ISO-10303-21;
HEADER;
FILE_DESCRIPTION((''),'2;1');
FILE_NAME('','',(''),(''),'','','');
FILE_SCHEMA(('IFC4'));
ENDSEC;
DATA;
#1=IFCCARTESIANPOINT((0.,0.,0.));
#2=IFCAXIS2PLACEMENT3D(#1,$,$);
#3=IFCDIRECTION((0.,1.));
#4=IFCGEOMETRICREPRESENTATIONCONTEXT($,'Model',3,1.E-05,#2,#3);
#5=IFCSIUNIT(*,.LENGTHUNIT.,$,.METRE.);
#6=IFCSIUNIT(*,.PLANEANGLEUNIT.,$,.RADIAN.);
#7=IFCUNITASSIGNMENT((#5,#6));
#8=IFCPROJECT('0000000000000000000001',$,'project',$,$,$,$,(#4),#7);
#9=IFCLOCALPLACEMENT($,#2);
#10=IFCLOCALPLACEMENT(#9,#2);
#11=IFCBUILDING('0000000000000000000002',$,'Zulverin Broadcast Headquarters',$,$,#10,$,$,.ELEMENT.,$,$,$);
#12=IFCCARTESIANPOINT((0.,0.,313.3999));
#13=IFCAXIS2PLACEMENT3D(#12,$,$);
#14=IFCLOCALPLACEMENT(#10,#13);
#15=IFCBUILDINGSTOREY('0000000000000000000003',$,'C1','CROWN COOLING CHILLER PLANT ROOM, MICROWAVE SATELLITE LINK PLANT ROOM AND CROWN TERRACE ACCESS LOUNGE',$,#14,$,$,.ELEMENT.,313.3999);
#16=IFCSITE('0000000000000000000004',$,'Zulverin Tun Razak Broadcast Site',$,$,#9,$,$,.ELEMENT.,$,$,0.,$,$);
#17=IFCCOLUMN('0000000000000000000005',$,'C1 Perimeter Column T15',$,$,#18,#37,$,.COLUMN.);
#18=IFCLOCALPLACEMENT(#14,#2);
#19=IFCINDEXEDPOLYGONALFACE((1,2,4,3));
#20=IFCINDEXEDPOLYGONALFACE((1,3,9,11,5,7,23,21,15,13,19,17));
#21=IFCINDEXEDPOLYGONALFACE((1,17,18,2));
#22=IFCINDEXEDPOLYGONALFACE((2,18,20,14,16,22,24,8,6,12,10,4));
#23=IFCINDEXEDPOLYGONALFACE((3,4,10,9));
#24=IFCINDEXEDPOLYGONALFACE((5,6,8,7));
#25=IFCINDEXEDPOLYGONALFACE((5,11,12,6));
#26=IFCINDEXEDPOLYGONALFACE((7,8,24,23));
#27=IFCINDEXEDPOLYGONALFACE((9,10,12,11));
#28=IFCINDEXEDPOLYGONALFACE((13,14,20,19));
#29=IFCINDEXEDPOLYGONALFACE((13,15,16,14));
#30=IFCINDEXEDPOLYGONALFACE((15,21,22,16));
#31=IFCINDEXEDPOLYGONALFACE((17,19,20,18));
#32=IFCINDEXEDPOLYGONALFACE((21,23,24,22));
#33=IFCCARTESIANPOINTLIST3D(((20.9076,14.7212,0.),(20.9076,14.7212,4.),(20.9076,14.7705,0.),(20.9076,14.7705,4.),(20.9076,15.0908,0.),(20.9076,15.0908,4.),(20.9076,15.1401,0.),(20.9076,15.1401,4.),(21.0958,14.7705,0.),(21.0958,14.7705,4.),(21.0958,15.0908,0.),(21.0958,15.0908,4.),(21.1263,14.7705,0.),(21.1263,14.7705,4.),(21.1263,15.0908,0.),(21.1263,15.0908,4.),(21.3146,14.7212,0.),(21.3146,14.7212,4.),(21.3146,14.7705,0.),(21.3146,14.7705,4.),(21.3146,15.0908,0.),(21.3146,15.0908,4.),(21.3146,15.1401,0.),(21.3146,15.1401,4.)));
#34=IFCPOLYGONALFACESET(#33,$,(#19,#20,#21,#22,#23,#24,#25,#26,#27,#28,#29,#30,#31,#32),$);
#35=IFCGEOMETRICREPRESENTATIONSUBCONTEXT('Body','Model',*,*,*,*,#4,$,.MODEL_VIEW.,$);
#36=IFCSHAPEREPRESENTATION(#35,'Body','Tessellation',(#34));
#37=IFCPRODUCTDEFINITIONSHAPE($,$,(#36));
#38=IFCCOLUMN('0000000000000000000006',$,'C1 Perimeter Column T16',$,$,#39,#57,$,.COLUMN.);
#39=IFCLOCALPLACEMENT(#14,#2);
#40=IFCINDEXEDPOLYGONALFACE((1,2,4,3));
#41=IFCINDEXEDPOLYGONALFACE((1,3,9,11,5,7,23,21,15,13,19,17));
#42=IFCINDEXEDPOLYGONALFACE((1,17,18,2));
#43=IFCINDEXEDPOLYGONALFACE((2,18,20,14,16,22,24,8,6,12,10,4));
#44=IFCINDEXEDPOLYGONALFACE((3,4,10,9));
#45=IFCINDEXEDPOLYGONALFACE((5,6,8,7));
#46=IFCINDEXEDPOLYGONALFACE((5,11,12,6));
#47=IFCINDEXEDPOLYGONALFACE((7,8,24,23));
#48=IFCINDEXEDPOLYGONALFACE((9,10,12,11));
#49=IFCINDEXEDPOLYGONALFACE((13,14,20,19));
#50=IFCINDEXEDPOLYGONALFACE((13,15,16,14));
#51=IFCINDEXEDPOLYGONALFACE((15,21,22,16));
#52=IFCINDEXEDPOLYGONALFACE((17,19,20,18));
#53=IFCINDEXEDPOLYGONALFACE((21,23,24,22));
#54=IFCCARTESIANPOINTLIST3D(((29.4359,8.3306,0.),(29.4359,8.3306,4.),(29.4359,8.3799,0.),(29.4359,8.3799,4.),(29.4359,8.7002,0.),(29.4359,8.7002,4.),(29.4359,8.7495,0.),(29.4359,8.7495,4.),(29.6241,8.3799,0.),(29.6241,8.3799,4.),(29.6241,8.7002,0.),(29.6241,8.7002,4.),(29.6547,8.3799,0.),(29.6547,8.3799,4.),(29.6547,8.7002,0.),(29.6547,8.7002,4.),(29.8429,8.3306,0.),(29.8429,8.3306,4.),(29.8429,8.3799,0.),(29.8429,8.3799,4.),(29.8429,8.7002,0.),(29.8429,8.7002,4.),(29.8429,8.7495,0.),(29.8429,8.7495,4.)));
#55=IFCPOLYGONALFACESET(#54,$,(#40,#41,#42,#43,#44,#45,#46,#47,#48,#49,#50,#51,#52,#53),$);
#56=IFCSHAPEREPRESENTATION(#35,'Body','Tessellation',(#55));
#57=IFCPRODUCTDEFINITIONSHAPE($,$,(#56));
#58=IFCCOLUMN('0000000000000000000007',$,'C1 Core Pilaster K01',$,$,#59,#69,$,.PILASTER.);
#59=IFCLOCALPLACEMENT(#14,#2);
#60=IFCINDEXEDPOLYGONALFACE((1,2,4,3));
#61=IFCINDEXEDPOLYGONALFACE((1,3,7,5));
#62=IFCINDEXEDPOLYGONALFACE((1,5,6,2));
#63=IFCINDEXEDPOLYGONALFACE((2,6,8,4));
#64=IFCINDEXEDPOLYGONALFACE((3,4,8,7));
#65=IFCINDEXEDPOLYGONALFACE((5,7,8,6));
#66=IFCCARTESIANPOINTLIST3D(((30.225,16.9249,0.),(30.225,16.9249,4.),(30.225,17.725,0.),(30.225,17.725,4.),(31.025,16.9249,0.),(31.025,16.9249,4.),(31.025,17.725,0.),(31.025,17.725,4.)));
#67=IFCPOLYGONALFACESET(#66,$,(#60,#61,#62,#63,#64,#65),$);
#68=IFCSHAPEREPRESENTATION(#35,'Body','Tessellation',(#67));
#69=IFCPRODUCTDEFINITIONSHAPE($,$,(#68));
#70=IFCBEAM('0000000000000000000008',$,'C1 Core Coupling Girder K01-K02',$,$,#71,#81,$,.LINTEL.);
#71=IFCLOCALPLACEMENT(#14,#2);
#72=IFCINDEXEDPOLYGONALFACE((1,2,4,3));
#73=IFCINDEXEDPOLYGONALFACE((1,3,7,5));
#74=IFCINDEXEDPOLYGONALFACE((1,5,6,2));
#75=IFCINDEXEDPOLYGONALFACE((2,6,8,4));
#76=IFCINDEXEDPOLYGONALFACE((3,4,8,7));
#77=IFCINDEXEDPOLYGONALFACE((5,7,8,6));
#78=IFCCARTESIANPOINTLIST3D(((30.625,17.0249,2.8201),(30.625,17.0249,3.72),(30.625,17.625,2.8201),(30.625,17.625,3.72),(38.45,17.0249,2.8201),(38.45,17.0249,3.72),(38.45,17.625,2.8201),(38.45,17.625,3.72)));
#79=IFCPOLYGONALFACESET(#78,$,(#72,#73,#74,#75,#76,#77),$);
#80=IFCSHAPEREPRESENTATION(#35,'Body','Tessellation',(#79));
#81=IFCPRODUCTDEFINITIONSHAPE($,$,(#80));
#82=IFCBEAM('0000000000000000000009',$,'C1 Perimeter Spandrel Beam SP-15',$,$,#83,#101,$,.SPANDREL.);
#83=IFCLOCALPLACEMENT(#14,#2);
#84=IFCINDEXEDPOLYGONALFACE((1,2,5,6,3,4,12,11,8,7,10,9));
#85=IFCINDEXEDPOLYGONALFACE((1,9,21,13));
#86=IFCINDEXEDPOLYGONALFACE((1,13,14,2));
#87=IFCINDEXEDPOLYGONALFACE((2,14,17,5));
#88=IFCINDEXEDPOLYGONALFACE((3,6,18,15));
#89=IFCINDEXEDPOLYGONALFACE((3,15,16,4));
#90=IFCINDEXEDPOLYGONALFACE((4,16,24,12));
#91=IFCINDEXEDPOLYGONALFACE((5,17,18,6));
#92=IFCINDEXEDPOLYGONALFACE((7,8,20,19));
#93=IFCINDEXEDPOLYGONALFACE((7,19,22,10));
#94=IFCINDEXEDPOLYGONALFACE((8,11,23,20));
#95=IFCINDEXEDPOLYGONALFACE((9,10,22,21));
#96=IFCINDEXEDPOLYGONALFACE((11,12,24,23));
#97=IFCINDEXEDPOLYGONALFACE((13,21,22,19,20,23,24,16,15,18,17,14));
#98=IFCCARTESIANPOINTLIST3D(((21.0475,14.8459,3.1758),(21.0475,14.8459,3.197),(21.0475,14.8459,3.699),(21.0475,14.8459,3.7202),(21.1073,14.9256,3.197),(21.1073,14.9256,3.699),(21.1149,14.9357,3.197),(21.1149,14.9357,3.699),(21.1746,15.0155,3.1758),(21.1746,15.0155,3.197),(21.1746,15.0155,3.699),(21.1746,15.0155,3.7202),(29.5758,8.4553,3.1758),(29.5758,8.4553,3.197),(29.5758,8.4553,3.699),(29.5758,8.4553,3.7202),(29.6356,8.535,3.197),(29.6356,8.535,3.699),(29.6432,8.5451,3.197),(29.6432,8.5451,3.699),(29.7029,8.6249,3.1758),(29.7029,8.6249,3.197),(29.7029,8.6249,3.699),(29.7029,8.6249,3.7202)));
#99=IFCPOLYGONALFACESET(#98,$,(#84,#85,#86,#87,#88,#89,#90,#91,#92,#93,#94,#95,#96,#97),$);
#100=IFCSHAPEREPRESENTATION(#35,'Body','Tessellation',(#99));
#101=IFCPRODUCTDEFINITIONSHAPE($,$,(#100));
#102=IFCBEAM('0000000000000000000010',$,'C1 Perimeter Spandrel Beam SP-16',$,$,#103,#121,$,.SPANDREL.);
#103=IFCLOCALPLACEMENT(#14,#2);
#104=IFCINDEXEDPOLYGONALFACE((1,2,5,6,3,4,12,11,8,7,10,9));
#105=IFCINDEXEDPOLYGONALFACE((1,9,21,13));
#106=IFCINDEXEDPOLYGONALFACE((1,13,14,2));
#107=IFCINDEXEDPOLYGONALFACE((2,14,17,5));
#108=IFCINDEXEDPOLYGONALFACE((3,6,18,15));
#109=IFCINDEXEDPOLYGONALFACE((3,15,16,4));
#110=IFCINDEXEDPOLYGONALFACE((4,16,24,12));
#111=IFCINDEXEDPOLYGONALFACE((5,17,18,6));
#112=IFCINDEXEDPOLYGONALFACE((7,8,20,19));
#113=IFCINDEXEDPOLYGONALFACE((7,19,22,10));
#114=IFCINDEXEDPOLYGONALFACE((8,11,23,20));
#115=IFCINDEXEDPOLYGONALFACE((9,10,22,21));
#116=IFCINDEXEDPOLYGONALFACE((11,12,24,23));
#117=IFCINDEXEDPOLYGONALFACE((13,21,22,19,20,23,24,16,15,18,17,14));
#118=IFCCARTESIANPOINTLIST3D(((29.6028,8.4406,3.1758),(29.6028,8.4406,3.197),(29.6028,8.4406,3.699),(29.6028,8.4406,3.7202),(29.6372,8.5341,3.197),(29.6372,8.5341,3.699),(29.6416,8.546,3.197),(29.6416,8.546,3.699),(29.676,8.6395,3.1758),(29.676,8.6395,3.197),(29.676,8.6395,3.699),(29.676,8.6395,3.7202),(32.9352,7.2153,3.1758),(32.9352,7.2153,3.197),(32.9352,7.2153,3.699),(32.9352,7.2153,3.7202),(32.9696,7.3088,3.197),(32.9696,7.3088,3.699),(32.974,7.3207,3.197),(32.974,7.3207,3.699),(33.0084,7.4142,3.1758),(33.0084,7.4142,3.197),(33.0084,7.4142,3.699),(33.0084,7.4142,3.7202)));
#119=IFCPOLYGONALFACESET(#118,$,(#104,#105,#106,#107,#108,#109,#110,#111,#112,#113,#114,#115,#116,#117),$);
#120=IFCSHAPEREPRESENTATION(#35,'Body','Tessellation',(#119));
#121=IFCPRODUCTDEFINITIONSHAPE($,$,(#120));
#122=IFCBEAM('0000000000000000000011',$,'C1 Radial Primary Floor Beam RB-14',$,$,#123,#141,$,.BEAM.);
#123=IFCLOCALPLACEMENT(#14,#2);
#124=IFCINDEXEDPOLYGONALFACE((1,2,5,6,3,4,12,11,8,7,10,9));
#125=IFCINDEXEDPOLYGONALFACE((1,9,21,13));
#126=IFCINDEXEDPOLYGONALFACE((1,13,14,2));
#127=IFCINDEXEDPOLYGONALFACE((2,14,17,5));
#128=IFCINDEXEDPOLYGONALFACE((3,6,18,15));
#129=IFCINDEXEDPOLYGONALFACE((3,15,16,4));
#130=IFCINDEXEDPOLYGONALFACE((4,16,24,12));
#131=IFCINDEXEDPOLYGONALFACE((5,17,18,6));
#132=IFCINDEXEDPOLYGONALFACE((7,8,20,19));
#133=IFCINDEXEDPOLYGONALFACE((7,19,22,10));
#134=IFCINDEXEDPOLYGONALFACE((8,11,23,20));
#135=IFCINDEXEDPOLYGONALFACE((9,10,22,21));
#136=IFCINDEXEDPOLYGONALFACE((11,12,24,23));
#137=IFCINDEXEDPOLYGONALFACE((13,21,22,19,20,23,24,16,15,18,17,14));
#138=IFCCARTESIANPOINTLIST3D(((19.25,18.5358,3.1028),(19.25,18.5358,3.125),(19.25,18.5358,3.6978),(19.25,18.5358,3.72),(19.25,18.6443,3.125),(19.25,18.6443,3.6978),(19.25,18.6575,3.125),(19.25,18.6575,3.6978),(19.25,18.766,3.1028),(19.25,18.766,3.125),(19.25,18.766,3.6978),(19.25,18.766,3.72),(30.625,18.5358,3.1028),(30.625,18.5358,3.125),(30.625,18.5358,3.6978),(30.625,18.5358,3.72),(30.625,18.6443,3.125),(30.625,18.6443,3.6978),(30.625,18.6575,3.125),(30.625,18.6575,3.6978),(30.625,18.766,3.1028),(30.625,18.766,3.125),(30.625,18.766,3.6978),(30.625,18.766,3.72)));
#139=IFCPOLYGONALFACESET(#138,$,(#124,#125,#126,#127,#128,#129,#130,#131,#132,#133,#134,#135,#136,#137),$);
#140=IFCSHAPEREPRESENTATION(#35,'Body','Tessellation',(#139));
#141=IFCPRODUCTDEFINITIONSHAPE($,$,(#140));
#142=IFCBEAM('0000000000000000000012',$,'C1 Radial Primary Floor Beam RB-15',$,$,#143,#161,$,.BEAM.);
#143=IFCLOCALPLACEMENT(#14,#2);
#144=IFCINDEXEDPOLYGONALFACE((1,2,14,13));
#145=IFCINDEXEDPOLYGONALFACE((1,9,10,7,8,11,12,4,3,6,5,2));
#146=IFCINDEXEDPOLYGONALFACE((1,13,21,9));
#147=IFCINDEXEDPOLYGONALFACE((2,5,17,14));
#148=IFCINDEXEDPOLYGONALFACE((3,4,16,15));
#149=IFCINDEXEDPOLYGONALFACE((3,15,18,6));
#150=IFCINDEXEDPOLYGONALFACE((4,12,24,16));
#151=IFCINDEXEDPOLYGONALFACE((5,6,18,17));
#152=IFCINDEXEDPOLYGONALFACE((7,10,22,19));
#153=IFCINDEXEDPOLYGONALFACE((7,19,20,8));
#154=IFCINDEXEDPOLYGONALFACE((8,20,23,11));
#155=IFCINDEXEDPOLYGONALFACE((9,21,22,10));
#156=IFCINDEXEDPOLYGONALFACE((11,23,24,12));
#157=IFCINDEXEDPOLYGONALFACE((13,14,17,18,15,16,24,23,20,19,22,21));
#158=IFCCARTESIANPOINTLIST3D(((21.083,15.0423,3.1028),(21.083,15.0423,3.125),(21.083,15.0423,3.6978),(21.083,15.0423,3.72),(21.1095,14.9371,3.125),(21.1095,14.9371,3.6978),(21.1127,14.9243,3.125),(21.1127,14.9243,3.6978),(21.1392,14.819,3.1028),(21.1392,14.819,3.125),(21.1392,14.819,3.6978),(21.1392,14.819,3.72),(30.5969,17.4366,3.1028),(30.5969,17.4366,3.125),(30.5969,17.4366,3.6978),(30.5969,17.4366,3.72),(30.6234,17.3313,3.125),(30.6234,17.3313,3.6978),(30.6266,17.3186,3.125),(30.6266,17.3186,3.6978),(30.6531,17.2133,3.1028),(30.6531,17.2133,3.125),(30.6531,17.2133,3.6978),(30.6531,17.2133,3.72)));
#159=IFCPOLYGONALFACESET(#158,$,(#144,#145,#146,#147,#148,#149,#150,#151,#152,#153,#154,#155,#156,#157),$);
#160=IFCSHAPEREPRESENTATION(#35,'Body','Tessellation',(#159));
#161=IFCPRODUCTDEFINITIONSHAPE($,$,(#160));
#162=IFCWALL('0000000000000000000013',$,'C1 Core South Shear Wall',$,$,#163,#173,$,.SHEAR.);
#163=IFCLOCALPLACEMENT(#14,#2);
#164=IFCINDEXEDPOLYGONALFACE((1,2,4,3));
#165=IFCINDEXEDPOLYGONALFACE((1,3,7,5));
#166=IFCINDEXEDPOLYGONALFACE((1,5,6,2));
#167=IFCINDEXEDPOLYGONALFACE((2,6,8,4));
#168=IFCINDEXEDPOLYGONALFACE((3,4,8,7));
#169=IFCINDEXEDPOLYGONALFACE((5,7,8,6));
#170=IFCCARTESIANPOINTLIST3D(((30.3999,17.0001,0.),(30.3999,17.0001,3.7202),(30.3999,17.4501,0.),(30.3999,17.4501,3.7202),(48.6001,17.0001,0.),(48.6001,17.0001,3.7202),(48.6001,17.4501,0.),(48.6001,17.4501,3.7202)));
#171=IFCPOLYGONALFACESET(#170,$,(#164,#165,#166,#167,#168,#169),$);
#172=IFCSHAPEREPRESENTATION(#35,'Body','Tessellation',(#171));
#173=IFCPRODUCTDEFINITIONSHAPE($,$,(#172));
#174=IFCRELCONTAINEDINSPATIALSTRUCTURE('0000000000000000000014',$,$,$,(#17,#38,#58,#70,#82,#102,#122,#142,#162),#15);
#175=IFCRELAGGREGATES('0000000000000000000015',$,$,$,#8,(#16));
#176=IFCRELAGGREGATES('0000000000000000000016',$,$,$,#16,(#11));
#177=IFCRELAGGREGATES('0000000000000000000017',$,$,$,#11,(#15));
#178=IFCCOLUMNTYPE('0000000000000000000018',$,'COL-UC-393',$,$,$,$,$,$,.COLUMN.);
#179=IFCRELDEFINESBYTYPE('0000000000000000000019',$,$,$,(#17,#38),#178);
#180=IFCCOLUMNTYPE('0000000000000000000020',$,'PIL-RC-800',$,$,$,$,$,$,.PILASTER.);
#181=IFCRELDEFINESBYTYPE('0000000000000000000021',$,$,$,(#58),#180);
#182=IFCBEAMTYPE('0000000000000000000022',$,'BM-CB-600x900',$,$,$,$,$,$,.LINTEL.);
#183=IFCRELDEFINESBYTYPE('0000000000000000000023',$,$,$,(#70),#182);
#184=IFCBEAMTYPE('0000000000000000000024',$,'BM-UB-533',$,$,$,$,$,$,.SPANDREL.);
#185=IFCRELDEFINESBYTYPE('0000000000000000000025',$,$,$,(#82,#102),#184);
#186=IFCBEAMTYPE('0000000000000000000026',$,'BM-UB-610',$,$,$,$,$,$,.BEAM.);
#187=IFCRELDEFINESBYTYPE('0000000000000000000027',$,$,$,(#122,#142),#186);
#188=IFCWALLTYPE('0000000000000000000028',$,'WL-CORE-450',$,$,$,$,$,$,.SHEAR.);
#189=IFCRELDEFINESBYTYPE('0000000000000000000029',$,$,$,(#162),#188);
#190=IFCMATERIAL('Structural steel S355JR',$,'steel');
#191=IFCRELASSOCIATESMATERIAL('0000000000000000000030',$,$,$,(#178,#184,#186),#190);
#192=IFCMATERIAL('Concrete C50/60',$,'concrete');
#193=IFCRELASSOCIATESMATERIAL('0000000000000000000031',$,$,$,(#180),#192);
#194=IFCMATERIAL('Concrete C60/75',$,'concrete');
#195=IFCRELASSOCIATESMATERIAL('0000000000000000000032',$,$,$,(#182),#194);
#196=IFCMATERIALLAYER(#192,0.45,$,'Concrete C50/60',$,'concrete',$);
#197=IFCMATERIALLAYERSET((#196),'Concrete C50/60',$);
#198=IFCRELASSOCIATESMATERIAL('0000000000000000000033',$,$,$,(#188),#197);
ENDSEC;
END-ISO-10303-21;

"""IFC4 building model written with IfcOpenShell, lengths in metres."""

from ifc_helpers import new_model, si_unit, direction, frame, frame_2d, origin, origin_2d, place, context, subcontext, project, spatial, rectangle, i_section, extrude, material, layer, layer_set, material_profile, profile_set, type_object, element, save


model = new_model("IFC4")

# Units and contexts
model_context = context("Model", 3, precision=1e-05, world=origin(), true_north=direction((0.0, 1.0)))
body_context = subcontext(model_context, "Body", "Model", "MODEL_VIEW")
ifc_project = project(units=[si_unit("LENGTHUNIT", "METRE"), si_unit("PLANEANGLEUNIT", "RADIAN")], contexts=[model_context])

# Site, building, storey
site_placement = place(None, origin())
site = spatial("IfcSite", under=ifc_project, at=site_placement, Name="Zulverin Tun Razak Broadcast Site", CompositionType="ELEMENT", RefElevation=0.0)
building_placement = place(site_placement, origin())
building = spatial("IfcBuilding", under=site, at=building_placement, Name="Zulverin Broadcast Headquarters", CompositionType="ELEMENT")
storey_placement = place(building_placement, frame((0.0, 0.0, 313.3999)))
storey = spatial("IfcBuildingStorey", under=building, at=storey_placement, Name="C1", Description="CROWN COOLING CHILLER PLANT ROOM, MICROWAVE SATELLITE LINK PLANT ROOM AND CROWN TERRACE ACCESS LOUNGE", CompositionType="ELEMENT", Elevation=313.3999)

# Columns
ifc_material_1 = material(Name="Structural steel S355JR", Category="steel")
ifc_material_profile_1 = material_profile(ifc_material_1, i_section(OverallWidth=0.407, OverallDepth=0.4189, WebThickness=0.0305, FlangeThickness=0.0493, at=origin_2d()), Name="Structural steel S355JR", Category="steel")
ifc_profile_set_1 = profile_set([ifc_material_profile_1], Name="Structural steel S355JR")
column_type_1 = type_object("IfcColumnType", Name="COL-UC-393", PredefinedType="COLUMN", material=ifc_profile_set_1)
for number, where, z_axis, x_axis, name in (
    (1, (21.1111, 14.9307, 0.0), (0.0, 0.0, 1.0), (1.0, 0.0, 0.0), "C1 Perimeter Column T15"),
    (2, (29.6394, 8.54, 0.0), (0.0, 0.0, 1.0), (1.0, 0.0, 0.0), "C1 Perimeter Column T16"),
):
    element("IfcColumn", number, at=place(storey_placement, frame(where, z_axis=z_axis, x_axis=x_axis)), inside=storey, type_object=column_type_1, Name=name, PredefinedType="COLUMN", context=body_context, shape_type="SweptSolid", body=[
        extrude(i_section(OverallWidth=0.407, OverallDepth=0.4189, WebThickness=0.0305, FlangeThickness=0.0493, at=origin_2d()), origin(), (0.0, 0.0, 1.0), 4.0),
    ])
ifc_material_2 = material(Name="Concrete C50/60", Category="concrete")
ifc_material_profile_2 = material_profile(ifc_material_2, rectangle(XDim=0.8, YDim=0.8, at=origin_2d()), Name="Concrete C50/60", Category="concrete")
ifc_profile_set_2 = profile_set([ifc_material_profile_2], Name="Concrete C50/60")
column_type_2 = type_object("IfcColumnType", Name="PIL-RC-800", PredefinedType="PILASTER", material=ifc_profile_set_2)
column_placement = place(storey_placement, frame((30.625, 17.325, 0.0), z_axis=(0.0, 0.0, 1.0), x_axis=(1.0, 0.0, 0.0)))
element("IfcColumn", 3, at=column_placement, inside=storey, type_object=column_type_2, Name="C1 Core Pilaster K01", PredefinedType="PILASTER", context=body_context, shape_type="SweptSolid", body=[
    extrude(rectangle(XDim=0.8, YDim=0.8, at=origin_2d()), origin(), (0.0, 0.0, 1.0), 4.0),
])

# Beams
ifc_material_3 = material(Name="Concrete C60/75", Category="concrete")
ifc_material_profile_3 = material_profile(ifc_material_3, rectangle(XDim=0.6001, YDim=0.8999, at=origin_2d()), Name="Concrete C60/75", Category="concrete")
ifc_profile_set_3 = profile_set([ifc_material_profile_3], Name="Concrete C60/75")
beam_type_1 = type_object("IfcBeamType", Name="BM-CB-600x900", PredefinedType="LINTEL", material=ifc_profile_set_3)
beam_1_placement = place(storey_placement, frame((30.625, 17.325, 3.27), z_axis=(1.0, 0.0, 0.0), x_axis=(0.0, 1.0, 0.0)))
element("IfcBeam", 4, at=beam_1_placement, inside=storey, type_object=beam_type_1, Name="C1 Core Coupling Girder K01-K02", PredefinedType="LINTEL", context=body_context, shape_type="SweptSolid", body=[
    extrude(rectangle(XDim=0.6001, YDim=0.8999, at=origin_2d()), origin(), (0.0, 0.0, 1.0), 7.825),
])
ifc_material_profile_4 = material_profile(ifc_material_1, i_section(OverallWidth=0.2119, OverallDepth=0.5444, WebThickness=0.0127, FlangeThickness=0.0212, at=origin_2d()), Name="Structural steel S355JR", Category="steel")
ifc_profile_set_4 = profile_set([ifc_material_profile_4], Name="Structural steel S355JR")
beam_type_2 = type_object("IfcBeamType", Name="BM-UB-533", PredefinedType="SPANDREL", material=ifc_profile_set_4)
beam_2_placement = place(storey_placement, frame((21.1111, 14.9307, 3.448), z_axis=(0.800253, -0.599663, 0.0), x_axis=(0.599663, 0.800253, 0.0)))
element("IfcBeam", 5, at=beam_2_placement, inside=storey, type_object=beam_type_2, Name="C1 Perimeter Spandrel Beam SP-15", PredefinedType="SPANDREL", context=body_context, shape_type="SweptSolid", body=[
    extrude(i_section(OverallWidth=0.2119, OverallDepth=0.5444, WebThickness=0.0127, FlangeThickness=0.0212, at=origin_2d()), origin(), (0.0, 0.0, 1.0), 10.657),
])
beam_3_placement = place(storey_placement, frame((29.6394, 8.54, 3.448), z_axis=(0.938565, -0.345103, 0.0), x_axis=(0.345103, 0.938565, 0.0)))
element("IfcBeam", 6, at=beam_3_placement, inside=storey, type_object=beam_type_2, Name="C1 Perimeter Spandrel Beam SP-16", PredefinedType="SPANDREL", context=body_context, shape_type="SweptSolid", body=[
    extrude(i_section(OverallWidth=0.2119, OverallDepth=0.5444, WebThickness=0.0127, FlangeThickness=0.0212, at=origin_2d()), origin(), (0.0, 0.0, 1.0), 3.5505),
])
ifc_material_profile_5 = material_profile(ifc_material_1, i_section(OverallWidth=0.2302, OverallDepth=0.6172, WebThickness=0.0132, FlangeThickness=0.0222, at=origin_2d()), Name="Structural steel S355JR", Category="steel")
ifc_profile_set_5 = profile_set([ifc_material_profile_5], Name="Structural steel S355JR")
beam_type_3 = type_object("IfcBeamType", Name="BM-UB-610", PredefinedType="BEAM", material=ifc_profile_set_5)
beam_4_placement = place(storey_placement, frame((30.625, 18.6509, 3.4114), z_axis=(-1.0, 0.0, 0.0), x_axis=(0.0, -1.0, 0.0)))
element("IfcBeam", 7, at=beam_4_placement, inside=storey, type_object=beam_type_3, Name="C1 Radial Primary Floor Beam RB-14", PredefinedType="BEAM", context=body_context, shape_type="SweptSolid", body=[
    extrude(i_section(OverallWidth=0.2302, OverallDepth=0.6172, WebThickness=0.0132, FlangeThickness=0.0222, at=origin_2d()), origin(), (0.0, 0.0, 1.0), 11.375),
])
beam_5_placement = place(storey_placement, frame((30.625, 17.325, 3.4114), z_axis=(-0.969762, -0.244052, 0.0), x_axis=(0.244052, -0.969762, 0.0)))
element("IfcBeam", 8, at=beam_5_placement, inside=storey, type_object=beam_type_3, Name="C1 Radial Primary Floor Beam RB-15", PredefinedType="BEAM", context=body_context, shape_type="SweptSolid", body=[
    extrude(i_section(OverallWidth=0.2302, OverallDepth=0.6172, WebThickness=0.0132, FlangeThickness=0.0222, at=origin_2d()), origin(), (0.0, 0.0, 1.0), 9.8105),
])

# Wall
ifc_layer_1 = layer(ifc_material_2, 0.45, Name="Concrete C50/60", Category="concrete")
ifc_layer_set_1 = layer_set([ifc_layer_1], Name="Concrete C50/60")
wall_type_1 = type_object("IfcWallType", Name="WL-CORE-450", PredefinedType="SHEAR", material=ifc_layer_set_1)
wall_1_placement = place(storey_placement, frame((30.3999, 17.2251, 0.0), z_axis=(0.0, 0.0, 1.0), x_axis=(1.0, 0.0, 0.0)))
element("IfcWall", 9, at=wall_1_placement, inside=storey, type_object=wall_type_1, Name="C1 Core South Shear Wall", PredefinedType="SHEAR", context=body_context, shape_type="SweptSolid", body=[
    extrude(rectangle(XDim=18.2002, YDim=0.45, at=frame_2d((9.1001, 0.0))), origin(), (0.0, 0.0, 1.0), 3.7202),
])

save(model, "model.ifc")
